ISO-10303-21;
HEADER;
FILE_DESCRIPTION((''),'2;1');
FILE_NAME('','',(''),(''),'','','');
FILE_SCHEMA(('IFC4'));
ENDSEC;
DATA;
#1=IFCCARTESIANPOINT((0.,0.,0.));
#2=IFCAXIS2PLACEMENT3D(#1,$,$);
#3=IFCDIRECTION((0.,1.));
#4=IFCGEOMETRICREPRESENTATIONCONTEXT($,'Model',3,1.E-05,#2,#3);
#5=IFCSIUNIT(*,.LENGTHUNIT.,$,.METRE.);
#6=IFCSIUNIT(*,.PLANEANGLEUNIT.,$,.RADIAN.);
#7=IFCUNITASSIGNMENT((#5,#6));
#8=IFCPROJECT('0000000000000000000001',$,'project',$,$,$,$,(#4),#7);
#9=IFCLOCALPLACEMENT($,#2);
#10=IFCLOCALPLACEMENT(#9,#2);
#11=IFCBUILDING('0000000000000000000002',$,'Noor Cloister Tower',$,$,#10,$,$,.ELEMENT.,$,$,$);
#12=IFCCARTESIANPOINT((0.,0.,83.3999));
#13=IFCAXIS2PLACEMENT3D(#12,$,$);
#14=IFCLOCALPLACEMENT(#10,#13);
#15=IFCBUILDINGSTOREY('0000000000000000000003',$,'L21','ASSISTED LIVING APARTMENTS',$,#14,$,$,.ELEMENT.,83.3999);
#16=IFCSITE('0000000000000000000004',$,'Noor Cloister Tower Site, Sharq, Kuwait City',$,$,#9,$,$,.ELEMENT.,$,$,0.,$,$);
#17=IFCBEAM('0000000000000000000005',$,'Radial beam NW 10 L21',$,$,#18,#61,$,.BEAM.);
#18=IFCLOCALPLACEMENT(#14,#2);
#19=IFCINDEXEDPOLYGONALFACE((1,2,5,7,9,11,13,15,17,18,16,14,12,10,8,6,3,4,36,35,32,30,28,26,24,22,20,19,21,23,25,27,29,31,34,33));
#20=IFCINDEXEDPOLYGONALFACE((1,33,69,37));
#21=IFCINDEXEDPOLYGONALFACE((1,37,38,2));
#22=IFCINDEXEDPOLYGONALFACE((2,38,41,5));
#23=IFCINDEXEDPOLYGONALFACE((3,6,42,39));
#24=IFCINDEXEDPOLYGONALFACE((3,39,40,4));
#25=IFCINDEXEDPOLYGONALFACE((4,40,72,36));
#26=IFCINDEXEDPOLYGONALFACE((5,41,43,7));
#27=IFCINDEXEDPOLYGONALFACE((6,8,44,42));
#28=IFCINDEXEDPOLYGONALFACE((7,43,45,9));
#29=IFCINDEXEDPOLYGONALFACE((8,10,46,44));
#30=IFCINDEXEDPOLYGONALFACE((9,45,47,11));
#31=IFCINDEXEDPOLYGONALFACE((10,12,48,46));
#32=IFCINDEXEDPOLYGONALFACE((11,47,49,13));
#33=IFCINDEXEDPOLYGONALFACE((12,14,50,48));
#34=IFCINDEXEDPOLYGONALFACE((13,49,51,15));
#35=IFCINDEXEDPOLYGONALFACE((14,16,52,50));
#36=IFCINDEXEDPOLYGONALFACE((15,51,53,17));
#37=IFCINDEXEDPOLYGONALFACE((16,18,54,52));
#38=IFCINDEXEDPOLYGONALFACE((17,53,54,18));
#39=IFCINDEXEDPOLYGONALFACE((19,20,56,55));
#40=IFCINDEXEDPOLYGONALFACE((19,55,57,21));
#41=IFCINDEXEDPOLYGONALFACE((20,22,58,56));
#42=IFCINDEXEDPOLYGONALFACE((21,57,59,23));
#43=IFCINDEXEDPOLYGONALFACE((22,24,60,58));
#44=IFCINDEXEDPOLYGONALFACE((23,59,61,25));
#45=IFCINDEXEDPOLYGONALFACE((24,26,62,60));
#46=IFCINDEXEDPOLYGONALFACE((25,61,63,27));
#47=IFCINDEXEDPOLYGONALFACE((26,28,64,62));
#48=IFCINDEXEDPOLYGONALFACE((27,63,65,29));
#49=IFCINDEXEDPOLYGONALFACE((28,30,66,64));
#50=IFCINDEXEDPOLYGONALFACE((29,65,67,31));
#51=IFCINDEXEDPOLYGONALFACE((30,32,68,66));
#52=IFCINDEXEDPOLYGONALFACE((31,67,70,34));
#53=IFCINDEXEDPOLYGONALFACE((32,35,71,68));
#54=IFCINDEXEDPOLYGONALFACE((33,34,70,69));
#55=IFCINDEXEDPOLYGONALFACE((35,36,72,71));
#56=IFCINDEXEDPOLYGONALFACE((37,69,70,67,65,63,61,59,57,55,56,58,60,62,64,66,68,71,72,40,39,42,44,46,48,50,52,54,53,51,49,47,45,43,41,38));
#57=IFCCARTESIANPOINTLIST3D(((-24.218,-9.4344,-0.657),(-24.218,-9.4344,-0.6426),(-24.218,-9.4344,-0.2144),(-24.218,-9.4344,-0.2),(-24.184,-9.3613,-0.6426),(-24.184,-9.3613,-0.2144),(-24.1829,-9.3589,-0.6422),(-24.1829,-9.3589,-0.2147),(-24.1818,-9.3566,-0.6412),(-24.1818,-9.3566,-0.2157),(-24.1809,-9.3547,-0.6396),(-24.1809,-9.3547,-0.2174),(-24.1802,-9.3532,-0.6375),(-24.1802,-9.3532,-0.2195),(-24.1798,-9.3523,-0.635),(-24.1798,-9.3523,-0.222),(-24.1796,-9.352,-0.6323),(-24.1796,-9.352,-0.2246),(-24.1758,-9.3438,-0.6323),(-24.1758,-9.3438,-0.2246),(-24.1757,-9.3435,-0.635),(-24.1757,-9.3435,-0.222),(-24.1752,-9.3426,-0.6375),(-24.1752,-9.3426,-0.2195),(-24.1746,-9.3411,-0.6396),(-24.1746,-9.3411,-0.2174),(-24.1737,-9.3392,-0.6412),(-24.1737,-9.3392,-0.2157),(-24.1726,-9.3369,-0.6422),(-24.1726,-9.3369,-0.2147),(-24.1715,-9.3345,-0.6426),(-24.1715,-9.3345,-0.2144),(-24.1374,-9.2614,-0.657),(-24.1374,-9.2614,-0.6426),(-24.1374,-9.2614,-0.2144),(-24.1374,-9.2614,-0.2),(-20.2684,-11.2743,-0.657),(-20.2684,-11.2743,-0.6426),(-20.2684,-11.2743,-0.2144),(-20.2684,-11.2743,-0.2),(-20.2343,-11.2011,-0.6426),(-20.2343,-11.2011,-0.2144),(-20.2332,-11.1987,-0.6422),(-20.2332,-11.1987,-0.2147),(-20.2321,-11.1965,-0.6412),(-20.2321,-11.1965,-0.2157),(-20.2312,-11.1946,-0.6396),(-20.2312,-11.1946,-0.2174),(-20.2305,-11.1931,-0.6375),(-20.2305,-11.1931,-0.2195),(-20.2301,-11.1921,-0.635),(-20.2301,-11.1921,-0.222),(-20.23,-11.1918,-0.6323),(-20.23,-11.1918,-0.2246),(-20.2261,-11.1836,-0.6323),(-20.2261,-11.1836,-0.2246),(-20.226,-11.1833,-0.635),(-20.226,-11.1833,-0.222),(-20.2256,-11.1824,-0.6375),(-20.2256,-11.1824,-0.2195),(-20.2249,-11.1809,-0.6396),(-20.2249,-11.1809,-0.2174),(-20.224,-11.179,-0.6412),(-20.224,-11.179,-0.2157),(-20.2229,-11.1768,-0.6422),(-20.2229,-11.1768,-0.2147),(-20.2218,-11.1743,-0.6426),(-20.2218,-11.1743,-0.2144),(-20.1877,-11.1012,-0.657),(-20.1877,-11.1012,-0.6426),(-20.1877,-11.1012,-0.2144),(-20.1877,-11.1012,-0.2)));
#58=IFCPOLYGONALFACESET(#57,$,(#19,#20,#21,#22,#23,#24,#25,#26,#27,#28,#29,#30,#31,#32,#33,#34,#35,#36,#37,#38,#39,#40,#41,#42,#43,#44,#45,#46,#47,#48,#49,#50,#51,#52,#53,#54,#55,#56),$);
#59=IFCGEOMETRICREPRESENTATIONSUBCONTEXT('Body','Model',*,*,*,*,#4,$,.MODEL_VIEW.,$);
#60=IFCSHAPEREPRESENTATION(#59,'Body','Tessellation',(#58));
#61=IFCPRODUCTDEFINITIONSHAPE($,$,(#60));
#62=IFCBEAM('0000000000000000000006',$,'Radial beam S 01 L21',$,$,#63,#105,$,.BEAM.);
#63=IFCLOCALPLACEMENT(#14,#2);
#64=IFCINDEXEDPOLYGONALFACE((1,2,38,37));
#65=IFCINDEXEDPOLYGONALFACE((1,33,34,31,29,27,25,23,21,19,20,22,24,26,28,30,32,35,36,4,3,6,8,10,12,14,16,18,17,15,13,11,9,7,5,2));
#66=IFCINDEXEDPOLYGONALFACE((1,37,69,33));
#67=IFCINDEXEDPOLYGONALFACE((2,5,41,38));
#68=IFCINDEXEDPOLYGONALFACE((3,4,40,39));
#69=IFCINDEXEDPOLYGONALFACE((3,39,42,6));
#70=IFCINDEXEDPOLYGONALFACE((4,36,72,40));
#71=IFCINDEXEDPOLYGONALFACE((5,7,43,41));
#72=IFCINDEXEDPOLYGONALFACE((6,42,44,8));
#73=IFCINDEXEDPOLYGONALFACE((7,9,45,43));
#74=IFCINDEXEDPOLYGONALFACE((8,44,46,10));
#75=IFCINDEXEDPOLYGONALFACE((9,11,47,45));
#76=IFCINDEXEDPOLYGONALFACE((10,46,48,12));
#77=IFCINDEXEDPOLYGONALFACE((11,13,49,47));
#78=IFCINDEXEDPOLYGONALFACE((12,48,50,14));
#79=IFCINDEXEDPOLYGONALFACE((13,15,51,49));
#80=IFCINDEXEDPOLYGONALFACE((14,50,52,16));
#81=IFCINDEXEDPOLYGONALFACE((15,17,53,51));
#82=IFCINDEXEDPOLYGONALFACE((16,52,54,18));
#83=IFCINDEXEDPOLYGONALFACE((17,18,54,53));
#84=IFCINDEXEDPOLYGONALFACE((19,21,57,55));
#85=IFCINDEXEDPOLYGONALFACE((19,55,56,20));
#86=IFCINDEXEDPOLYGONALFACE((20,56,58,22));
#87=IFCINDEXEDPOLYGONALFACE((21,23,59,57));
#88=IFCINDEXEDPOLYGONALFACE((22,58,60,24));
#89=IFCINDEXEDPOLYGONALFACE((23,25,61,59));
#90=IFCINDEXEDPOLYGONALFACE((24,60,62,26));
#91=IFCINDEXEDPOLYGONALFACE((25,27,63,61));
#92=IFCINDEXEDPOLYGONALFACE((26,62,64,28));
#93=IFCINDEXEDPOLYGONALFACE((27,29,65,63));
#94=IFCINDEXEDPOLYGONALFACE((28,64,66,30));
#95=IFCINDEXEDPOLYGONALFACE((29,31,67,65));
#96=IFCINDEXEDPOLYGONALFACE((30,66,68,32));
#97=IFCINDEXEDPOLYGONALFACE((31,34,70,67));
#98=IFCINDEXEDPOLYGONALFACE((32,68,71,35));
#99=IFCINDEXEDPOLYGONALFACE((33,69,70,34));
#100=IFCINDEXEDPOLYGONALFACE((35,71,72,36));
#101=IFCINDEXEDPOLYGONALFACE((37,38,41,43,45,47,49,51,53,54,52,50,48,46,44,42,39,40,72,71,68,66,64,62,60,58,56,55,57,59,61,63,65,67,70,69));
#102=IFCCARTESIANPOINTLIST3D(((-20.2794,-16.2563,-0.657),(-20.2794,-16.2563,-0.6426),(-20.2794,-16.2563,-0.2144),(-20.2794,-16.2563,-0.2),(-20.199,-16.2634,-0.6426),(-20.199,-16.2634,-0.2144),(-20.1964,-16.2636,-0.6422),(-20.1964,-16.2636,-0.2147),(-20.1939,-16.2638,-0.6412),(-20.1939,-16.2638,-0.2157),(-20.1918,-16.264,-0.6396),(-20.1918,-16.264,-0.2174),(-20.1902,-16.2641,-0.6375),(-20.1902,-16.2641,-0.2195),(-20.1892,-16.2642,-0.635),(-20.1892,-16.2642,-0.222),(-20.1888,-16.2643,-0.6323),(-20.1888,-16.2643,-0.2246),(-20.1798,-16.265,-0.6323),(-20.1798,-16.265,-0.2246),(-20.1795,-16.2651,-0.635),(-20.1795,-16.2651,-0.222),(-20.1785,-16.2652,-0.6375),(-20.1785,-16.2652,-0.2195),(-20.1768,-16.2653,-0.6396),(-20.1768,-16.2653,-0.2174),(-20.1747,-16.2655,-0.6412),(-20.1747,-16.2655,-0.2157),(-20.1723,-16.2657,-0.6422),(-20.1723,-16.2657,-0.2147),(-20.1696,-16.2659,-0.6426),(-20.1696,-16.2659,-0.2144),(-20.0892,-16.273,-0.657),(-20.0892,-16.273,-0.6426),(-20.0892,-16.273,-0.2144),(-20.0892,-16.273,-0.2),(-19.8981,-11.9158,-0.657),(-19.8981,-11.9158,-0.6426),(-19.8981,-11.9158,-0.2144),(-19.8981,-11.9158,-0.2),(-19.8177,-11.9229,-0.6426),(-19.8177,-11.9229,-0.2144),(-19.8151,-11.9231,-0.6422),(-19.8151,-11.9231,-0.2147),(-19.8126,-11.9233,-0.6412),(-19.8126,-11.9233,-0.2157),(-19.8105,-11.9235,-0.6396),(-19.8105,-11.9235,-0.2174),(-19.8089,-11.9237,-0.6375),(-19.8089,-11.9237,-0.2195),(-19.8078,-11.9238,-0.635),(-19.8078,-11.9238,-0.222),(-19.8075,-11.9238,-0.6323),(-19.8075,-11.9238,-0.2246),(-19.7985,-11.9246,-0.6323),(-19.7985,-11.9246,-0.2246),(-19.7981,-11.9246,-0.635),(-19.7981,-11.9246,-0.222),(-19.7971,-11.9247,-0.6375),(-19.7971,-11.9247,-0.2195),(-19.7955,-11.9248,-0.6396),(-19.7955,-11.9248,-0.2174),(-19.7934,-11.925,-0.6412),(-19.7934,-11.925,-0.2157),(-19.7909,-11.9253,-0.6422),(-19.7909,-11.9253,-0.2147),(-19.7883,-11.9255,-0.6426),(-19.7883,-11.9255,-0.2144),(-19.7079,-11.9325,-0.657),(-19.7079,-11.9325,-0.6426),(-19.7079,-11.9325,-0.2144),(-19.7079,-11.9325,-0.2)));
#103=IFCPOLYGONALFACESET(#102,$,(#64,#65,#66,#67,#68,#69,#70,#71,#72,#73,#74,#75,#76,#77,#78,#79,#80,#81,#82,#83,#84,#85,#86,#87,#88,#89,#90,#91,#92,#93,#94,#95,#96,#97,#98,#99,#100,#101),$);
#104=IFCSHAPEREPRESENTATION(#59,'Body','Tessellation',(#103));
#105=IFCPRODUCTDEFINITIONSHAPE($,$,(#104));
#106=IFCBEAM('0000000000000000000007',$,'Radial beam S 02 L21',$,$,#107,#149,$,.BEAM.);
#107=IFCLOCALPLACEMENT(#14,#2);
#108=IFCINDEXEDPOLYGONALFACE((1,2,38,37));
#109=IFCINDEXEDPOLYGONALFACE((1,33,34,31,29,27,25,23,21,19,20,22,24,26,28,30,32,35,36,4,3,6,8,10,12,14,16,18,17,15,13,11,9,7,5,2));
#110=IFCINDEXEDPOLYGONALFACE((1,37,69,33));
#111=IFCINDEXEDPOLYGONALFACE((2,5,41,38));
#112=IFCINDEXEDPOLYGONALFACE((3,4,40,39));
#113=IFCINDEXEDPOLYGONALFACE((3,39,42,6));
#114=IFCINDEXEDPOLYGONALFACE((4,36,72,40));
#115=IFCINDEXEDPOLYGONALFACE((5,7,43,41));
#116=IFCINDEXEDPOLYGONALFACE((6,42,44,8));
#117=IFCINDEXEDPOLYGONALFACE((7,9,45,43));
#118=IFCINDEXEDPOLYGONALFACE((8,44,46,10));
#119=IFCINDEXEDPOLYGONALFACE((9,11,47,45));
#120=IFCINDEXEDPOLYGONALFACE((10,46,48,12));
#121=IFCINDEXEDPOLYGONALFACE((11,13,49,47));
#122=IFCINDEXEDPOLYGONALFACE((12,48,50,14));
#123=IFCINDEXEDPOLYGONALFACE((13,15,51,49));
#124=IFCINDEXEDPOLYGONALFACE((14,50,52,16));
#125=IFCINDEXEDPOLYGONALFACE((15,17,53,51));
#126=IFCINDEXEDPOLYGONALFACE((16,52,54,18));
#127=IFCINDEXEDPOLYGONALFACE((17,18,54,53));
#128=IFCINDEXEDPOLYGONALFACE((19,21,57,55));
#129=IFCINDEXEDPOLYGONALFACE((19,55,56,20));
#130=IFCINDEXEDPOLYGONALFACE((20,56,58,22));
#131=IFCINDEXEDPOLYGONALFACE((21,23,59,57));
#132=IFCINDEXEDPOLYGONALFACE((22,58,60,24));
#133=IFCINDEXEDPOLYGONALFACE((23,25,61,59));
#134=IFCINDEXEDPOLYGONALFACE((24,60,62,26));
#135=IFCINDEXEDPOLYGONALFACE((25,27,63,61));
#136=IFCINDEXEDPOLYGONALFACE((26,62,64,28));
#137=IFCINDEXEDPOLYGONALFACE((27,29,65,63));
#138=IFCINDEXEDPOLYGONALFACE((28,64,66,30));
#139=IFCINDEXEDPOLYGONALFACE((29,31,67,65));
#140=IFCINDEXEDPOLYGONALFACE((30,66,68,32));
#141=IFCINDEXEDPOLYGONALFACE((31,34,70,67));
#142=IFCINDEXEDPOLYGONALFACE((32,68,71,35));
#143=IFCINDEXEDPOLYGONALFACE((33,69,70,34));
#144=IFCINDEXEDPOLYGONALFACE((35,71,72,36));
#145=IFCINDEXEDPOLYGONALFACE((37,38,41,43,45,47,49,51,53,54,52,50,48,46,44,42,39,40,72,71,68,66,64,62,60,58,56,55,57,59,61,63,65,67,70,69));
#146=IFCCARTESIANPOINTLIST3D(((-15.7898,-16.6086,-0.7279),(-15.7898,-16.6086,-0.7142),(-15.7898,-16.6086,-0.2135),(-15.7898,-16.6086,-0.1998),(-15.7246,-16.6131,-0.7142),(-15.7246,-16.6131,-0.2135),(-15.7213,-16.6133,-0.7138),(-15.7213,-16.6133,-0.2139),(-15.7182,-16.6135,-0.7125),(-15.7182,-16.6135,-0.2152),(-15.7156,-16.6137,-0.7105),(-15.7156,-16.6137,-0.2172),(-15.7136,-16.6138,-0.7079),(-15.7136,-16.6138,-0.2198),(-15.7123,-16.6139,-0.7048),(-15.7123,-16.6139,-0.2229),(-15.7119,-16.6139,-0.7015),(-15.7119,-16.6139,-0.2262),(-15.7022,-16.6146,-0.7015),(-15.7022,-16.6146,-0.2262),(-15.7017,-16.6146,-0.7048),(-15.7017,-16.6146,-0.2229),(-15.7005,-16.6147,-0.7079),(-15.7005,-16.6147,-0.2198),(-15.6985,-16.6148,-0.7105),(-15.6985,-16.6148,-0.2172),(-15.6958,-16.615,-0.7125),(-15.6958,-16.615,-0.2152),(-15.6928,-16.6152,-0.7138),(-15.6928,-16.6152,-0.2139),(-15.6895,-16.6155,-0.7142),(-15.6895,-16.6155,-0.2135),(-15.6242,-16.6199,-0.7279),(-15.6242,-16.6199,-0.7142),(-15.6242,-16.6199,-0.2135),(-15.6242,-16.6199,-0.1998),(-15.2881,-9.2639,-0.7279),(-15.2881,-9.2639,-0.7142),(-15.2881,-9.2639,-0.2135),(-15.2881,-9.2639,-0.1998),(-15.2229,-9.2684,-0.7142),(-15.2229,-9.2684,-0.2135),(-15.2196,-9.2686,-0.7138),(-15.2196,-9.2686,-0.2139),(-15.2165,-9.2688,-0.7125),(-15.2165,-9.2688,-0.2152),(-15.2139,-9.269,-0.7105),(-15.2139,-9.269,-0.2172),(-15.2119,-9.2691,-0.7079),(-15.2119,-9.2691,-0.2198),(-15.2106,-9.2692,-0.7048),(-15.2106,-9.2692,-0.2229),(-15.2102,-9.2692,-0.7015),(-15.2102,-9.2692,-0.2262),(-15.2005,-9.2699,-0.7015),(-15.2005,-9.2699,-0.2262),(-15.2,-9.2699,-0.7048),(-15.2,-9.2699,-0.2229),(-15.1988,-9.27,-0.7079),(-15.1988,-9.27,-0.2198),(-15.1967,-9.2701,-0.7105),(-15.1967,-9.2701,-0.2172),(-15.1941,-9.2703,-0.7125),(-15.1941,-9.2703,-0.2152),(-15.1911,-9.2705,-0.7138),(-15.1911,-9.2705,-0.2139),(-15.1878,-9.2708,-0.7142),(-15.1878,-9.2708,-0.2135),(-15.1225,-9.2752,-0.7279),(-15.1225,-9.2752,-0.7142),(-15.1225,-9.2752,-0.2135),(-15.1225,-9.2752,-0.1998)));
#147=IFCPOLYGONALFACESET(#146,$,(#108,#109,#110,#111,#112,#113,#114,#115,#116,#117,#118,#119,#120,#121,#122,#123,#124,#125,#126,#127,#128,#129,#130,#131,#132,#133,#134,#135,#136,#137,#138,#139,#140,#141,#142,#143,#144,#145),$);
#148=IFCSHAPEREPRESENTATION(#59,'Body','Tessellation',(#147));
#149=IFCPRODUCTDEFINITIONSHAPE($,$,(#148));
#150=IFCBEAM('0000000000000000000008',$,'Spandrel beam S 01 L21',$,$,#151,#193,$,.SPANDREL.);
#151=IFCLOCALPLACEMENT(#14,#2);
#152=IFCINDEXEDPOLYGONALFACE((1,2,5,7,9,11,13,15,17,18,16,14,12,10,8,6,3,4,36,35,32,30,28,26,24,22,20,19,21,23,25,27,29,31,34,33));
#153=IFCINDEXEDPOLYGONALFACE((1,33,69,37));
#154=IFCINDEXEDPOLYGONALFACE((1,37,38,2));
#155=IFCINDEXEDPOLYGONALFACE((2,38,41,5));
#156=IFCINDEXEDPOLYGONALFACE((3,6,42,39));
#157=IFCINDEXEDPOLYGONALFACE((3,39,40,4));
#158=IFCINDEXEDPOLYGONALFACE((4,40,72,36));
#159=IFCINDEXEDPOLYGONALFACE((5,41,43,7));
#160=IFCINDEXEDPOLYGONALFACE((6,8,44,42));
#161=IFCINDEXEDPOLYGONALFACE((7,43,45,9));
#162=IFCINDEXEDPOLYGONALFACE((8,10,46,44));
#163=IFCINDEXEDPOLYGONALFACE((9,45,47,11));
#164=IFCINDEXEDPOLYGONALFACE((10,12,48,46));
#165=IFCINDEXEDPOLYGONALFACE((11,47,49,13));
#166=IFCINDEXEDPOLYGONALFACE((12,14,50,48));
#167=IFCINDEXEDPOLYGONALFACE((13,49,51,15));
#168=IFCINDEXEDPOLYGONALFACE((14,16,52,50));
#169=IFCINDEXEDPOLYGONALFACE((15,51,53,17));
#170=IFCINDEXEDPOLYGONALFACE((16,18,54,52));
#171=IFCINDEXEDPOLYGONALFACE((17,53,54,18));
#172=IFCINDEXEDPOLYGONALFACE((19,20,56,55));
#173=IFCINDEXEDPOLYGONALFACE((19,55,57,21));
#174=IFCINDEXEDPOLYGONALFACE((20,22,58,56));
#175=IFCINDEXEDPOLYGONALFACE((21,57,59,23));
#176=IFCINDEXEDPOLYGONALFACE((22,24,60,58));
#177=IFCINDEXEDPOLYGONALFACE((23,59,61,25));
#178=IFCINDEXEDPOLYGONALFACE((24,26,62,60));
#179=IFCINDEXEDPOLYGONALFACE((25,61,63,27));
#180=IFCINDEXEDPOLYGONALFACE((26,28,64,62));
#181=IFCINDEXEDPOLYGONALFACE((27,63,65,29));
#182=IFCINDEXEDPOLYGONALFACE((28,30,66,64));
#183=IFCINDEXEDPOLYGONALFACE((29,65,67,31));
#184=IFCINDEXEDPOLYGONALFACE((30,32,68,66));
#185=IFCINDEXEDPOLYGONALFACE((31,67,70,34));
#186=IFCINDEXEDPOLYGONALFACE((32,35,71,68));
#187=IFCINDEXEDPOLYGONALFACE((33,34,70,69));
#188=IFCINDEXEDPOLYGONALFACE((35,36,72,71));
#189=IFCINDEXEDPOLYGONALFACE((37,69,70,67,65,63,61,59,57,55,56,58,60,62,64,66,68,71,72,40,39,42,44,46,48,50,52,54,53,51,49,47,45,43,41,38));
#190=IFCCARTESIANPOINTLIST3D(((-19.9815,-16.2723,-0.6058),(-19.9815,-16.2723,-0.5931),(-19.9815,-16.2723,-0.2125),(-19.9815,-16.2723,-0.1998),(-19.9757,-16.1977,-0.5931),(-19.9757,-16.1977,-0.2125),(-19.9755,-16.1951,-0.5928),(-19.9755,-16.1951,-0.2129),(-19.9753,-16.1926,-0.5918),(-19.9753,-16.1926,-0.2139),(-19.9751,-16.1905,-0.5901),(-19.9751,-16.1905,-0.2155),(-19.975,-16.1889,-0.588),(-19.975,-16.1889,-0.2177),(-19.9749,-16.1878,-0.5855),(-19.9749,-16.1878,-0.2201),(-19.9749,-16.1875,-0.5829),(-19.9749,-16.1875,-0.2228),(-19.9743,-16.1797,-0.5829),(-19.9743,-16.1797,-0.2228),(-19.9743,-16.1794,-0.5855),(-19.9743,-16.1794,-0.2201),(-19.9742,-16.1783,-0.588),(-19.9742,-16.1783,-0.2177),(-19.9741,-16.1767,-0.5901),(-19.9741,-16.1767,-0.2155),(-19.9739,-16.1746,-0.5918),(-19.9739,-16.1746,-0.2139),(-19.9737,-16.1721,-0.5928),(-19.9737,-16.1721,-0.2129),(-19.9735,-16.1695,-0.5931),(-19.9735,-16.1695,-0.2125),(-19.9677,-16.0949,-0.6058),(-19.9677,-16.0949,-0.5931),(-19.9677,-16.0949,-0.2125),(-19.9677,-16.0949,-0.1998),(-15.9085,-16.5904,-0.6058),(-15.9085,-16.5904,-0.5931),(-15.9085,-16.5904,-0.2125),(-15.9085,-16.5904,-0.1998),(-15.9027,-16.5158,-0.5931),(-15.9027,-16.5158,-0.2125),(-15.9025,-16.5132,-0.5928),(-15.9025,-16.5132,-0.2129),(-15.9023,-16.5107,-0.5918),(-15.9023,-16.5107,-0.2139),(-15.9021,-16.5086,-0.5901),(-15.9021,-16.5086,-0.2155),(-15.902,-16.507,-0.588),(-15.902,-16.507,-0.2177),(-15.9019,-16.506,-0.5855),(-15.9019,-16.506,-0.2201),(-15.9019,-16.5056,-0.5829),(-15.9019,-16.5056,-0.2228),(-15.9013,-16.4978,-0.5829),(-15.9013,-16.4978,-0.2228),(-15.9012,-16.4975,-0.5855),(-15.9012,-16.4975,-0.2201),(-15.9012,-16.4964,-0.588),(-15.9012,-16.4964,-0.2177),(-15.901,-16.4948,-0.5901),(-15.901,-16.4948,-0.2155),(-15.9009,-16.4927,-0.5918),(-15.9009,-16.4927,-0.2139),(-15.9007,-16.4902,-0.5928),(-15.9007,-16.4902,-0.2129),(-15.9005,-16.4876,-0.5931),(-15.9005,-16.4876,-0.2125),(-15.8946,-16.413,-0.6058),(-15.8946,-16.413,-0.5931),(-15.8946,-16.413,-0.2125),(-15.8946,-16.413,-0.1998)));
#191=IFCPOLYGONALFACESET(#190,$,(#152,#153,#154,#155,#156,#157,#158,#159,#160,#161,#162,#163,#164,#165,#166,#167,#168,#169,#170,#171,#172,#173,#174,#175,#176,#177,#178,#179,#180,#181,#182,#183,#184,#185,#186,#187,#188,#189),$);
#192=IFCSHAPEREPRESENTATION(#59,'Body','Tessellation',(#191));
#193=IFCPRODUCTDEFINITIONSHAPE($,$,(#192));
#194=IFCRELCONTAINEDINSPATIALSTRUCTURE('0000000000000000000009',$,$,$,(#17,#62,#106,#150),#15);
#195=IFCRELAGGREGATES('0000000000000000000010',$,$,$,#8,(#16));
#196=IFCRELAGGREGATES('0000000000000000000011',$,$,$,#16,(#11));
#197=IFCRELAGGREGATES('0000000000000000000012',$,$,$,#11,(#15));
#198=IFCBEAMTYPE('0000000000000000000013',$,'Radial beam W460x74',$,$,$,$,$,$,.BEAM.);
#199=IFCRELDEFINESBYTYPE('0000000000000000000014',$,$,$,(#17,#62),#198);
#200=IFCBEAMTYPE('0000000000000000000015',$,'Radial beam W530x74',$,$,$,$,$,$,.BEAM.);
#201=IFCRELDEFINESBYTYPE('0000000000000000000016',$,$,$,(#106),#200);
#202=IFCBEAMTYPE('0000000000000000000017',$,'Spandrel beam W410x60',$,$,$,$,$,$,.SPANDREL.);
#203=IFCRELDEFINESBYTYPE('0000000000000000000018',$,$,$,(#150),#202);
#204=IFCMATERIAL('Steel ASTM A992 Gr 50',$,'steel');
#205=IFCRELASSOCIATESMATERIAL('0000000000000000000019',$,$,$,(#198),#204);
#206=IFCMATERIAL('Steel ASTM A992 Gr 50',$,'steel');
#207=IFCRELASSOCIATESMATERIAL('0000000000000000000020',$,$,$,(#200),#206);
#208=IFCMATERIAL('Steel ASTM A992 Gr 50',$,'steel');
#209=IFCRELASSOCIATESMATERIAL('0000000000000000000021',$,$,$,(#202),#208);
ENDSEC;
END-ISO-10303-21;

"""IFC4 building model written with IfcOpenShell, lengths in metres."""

from ifc_helpers import new_model, si_unit, direction, frame, origin, origin_2d, place, context, subcontext, project, spatial, i_section, extrude, material, material_profile, profile_set, type_object, element, save


model = new_model("IFC4")

# Units and contexts
model_context = context("Model", 3, precision=1e-05, world=origin(), true_north=direction((0.0, 1.0)))
body_context = subcontext(model_context, "Body", "Model", "MODEL_VIEW")
ifc_project = project(units=[si_unit("LENGTHUNIT", "METRE"), si_unit("PLANEANGLEUNIT", "RADIAN")], contexts=[model_context])

# Site, building, storey
site_placement = place(None, origin())
site = spatial("IfcSite", under=ifc_project, at=site_placement, Name="Noor Cloister Tower Site, Sharq, Kuwait City", CompositionType="ELEMENT", RefElevation=0.0)
building_placement = place(site_placement, origin())
building = spatial("IfcBuilding", under=site, at=building_placement, Name="Noor Cloister Tower", CompositionType="ELEMENT")
storey_placement = place(building_placement, frame((0.0, 0.0, 83.3999)))
storey = spatial("IfcBuildingStorey", under=building, at=storey_placement, Name="L21", Description="ASSISTED LIVING APARTMENTS", CompositionType="ELEMENT", Elevation=83.3999)

# Beams
ifc_material_1 = material(Name="Steel ASTM A992 Gr 50", Category="steel")
ifc_material_profile_1 = material_profile(ifc_material_1, i_section(OverallWidth=0.1909, OverallDepth=0.457, WebThickness=0.009, FlangeThickness=0.0144, FilletRadius=0.0103, at=origin_2d()), Name="W460x74")
ifc_profile_set_1 = profile_set([ifc_material_profile_1], Name="Steel ASTM A992 Gr 50")
beam_type_1 = type_object("IfcBeamType", Name="Radial beam W460x74", PredefinedType="BEAM", material=ifc_profile_set_1)
for number, where, z_axis, x_axis, name in (
    (1, (-24.1777, -9.3479, -0.4285), (0.906478, -0.422253, 0.0), (0.422253, 0.906478, 0.0), "Radial beam NW 10 L21"),
    (2, (-20.1843, -16.2646, -0.4285), (0.087519, 0.996163, 0.0), (-0.996163, 0.087519, 0.0), "Radial beam S 01 L21"),
):
    element("IfcBeam", number, at=place(storey_placement, frame(where, z_axis=z_axis, x_axis=x_axis)), inside=storey, type_object=beam_type_1, Name=name, PredefinedType="BEAM", context=body_context, shape_type="SweptSolid", body=[
        extrude(i_section(OverallWidth=0.1909, OverallDepth=0.457, WebThickness=0.009, FlangeThickness=0.0144, FilletRadius=0.0103, at=origin_2d()), origin(), (0.0, 0.0, 1.0), 4.3572),
    ])
ifc_material_2 = material(Name="Steel ASTM A992 Gr 50", Category="steel")
ifc_material_profile_2 = material_profile(ifc_material_2, i_section(OverallWidth=0.166, OverallDepth=0.5281, WebThickness=0.0098, FlangeThickness=0.0137, FilletRadius=0.0127, at=origin_2d()), Name="W530x74")
ifc_profile_set_2 = profile_set([ifc_material_profile_2], Name="Steel ASTM A992 Gr 50")
beam_type_2 = type_object("IfcBeamType", Name="Radial beam W530x74", PredefinedType="BEAM", material=ifc_profile_set_2)
beam_placement = place(storey_placement, frame((-15.707, -16.6143, -0.4639), z_axis=(0.06815, 0.997675, 0.0), x_axis=(-0.997675, 0.06815, 0.0)))
element("IfcBeam", 3, at=beam_placement, inside=storey, type_object=beam_type_2, Name="Radial beam S 02 L21", PredefinedType="BEAM", context=body_context, shape_type="SweptSolid", body=[
    extrude(i_section(OverallWidth=0.166, OverallDepth=0.5281, WebThickness=0.0098, FlangeThickness=0.0137, FilletRadius=0.0127, at=origin_2d()), origin(), (0.0, 0.0, 1.0), 7.3618),
])
ifc_material_3 = material(Name="Steel ASTM A992 Gr 50", Category="steel")
ifc_material_profile_3 = material_profile(ifc_material_3, i_section(OverallWidth=0.178, OverallDepth=0.406, WebThickness=0.0078, FlangeThickness=0.0127, FilletRadius=0.0103, at=origin_2d()), Name="W410x60")
ifc_profile_set_3 = profile_set([ifc_material_profile_3], Name="Steel ASTM A992 Gr 50")
beam_type_3 = type_object("IfcBeamType", Name="Spandrel beam W410x60", PredefinedType="SPANDREL", material=ifc_profile_set_3)
for number, where, z_axis, x_axis, name in (
    (4, (-19.9746, -16.1836, -0.4028), (0.996964, -0.077866, 0.0), (0.077866, 0.996964, 0.0), "Spandrel beam S 01 L21"),
):
    element("IfcBeam", number, at=place(storey_placement, frame(where, z_axis=z_axis, x_axis=x_axis)), inside=storey, type_object=beam_type_3, Name=name, PredefinedType="SPANDREL", context=body_context, shape_type="SweptSolid", body=[
        extrude(i_section(OverallWidth=0.178, OverallDepth=0.406, WebThickness=0.0078, FlangeThickness=0.0127, FilletRadius=0.0103, at=origin_2d()), origin(), (0.0, 0.0, 1.0), 4.0854),
    ])

save(model, "model.ifc")
